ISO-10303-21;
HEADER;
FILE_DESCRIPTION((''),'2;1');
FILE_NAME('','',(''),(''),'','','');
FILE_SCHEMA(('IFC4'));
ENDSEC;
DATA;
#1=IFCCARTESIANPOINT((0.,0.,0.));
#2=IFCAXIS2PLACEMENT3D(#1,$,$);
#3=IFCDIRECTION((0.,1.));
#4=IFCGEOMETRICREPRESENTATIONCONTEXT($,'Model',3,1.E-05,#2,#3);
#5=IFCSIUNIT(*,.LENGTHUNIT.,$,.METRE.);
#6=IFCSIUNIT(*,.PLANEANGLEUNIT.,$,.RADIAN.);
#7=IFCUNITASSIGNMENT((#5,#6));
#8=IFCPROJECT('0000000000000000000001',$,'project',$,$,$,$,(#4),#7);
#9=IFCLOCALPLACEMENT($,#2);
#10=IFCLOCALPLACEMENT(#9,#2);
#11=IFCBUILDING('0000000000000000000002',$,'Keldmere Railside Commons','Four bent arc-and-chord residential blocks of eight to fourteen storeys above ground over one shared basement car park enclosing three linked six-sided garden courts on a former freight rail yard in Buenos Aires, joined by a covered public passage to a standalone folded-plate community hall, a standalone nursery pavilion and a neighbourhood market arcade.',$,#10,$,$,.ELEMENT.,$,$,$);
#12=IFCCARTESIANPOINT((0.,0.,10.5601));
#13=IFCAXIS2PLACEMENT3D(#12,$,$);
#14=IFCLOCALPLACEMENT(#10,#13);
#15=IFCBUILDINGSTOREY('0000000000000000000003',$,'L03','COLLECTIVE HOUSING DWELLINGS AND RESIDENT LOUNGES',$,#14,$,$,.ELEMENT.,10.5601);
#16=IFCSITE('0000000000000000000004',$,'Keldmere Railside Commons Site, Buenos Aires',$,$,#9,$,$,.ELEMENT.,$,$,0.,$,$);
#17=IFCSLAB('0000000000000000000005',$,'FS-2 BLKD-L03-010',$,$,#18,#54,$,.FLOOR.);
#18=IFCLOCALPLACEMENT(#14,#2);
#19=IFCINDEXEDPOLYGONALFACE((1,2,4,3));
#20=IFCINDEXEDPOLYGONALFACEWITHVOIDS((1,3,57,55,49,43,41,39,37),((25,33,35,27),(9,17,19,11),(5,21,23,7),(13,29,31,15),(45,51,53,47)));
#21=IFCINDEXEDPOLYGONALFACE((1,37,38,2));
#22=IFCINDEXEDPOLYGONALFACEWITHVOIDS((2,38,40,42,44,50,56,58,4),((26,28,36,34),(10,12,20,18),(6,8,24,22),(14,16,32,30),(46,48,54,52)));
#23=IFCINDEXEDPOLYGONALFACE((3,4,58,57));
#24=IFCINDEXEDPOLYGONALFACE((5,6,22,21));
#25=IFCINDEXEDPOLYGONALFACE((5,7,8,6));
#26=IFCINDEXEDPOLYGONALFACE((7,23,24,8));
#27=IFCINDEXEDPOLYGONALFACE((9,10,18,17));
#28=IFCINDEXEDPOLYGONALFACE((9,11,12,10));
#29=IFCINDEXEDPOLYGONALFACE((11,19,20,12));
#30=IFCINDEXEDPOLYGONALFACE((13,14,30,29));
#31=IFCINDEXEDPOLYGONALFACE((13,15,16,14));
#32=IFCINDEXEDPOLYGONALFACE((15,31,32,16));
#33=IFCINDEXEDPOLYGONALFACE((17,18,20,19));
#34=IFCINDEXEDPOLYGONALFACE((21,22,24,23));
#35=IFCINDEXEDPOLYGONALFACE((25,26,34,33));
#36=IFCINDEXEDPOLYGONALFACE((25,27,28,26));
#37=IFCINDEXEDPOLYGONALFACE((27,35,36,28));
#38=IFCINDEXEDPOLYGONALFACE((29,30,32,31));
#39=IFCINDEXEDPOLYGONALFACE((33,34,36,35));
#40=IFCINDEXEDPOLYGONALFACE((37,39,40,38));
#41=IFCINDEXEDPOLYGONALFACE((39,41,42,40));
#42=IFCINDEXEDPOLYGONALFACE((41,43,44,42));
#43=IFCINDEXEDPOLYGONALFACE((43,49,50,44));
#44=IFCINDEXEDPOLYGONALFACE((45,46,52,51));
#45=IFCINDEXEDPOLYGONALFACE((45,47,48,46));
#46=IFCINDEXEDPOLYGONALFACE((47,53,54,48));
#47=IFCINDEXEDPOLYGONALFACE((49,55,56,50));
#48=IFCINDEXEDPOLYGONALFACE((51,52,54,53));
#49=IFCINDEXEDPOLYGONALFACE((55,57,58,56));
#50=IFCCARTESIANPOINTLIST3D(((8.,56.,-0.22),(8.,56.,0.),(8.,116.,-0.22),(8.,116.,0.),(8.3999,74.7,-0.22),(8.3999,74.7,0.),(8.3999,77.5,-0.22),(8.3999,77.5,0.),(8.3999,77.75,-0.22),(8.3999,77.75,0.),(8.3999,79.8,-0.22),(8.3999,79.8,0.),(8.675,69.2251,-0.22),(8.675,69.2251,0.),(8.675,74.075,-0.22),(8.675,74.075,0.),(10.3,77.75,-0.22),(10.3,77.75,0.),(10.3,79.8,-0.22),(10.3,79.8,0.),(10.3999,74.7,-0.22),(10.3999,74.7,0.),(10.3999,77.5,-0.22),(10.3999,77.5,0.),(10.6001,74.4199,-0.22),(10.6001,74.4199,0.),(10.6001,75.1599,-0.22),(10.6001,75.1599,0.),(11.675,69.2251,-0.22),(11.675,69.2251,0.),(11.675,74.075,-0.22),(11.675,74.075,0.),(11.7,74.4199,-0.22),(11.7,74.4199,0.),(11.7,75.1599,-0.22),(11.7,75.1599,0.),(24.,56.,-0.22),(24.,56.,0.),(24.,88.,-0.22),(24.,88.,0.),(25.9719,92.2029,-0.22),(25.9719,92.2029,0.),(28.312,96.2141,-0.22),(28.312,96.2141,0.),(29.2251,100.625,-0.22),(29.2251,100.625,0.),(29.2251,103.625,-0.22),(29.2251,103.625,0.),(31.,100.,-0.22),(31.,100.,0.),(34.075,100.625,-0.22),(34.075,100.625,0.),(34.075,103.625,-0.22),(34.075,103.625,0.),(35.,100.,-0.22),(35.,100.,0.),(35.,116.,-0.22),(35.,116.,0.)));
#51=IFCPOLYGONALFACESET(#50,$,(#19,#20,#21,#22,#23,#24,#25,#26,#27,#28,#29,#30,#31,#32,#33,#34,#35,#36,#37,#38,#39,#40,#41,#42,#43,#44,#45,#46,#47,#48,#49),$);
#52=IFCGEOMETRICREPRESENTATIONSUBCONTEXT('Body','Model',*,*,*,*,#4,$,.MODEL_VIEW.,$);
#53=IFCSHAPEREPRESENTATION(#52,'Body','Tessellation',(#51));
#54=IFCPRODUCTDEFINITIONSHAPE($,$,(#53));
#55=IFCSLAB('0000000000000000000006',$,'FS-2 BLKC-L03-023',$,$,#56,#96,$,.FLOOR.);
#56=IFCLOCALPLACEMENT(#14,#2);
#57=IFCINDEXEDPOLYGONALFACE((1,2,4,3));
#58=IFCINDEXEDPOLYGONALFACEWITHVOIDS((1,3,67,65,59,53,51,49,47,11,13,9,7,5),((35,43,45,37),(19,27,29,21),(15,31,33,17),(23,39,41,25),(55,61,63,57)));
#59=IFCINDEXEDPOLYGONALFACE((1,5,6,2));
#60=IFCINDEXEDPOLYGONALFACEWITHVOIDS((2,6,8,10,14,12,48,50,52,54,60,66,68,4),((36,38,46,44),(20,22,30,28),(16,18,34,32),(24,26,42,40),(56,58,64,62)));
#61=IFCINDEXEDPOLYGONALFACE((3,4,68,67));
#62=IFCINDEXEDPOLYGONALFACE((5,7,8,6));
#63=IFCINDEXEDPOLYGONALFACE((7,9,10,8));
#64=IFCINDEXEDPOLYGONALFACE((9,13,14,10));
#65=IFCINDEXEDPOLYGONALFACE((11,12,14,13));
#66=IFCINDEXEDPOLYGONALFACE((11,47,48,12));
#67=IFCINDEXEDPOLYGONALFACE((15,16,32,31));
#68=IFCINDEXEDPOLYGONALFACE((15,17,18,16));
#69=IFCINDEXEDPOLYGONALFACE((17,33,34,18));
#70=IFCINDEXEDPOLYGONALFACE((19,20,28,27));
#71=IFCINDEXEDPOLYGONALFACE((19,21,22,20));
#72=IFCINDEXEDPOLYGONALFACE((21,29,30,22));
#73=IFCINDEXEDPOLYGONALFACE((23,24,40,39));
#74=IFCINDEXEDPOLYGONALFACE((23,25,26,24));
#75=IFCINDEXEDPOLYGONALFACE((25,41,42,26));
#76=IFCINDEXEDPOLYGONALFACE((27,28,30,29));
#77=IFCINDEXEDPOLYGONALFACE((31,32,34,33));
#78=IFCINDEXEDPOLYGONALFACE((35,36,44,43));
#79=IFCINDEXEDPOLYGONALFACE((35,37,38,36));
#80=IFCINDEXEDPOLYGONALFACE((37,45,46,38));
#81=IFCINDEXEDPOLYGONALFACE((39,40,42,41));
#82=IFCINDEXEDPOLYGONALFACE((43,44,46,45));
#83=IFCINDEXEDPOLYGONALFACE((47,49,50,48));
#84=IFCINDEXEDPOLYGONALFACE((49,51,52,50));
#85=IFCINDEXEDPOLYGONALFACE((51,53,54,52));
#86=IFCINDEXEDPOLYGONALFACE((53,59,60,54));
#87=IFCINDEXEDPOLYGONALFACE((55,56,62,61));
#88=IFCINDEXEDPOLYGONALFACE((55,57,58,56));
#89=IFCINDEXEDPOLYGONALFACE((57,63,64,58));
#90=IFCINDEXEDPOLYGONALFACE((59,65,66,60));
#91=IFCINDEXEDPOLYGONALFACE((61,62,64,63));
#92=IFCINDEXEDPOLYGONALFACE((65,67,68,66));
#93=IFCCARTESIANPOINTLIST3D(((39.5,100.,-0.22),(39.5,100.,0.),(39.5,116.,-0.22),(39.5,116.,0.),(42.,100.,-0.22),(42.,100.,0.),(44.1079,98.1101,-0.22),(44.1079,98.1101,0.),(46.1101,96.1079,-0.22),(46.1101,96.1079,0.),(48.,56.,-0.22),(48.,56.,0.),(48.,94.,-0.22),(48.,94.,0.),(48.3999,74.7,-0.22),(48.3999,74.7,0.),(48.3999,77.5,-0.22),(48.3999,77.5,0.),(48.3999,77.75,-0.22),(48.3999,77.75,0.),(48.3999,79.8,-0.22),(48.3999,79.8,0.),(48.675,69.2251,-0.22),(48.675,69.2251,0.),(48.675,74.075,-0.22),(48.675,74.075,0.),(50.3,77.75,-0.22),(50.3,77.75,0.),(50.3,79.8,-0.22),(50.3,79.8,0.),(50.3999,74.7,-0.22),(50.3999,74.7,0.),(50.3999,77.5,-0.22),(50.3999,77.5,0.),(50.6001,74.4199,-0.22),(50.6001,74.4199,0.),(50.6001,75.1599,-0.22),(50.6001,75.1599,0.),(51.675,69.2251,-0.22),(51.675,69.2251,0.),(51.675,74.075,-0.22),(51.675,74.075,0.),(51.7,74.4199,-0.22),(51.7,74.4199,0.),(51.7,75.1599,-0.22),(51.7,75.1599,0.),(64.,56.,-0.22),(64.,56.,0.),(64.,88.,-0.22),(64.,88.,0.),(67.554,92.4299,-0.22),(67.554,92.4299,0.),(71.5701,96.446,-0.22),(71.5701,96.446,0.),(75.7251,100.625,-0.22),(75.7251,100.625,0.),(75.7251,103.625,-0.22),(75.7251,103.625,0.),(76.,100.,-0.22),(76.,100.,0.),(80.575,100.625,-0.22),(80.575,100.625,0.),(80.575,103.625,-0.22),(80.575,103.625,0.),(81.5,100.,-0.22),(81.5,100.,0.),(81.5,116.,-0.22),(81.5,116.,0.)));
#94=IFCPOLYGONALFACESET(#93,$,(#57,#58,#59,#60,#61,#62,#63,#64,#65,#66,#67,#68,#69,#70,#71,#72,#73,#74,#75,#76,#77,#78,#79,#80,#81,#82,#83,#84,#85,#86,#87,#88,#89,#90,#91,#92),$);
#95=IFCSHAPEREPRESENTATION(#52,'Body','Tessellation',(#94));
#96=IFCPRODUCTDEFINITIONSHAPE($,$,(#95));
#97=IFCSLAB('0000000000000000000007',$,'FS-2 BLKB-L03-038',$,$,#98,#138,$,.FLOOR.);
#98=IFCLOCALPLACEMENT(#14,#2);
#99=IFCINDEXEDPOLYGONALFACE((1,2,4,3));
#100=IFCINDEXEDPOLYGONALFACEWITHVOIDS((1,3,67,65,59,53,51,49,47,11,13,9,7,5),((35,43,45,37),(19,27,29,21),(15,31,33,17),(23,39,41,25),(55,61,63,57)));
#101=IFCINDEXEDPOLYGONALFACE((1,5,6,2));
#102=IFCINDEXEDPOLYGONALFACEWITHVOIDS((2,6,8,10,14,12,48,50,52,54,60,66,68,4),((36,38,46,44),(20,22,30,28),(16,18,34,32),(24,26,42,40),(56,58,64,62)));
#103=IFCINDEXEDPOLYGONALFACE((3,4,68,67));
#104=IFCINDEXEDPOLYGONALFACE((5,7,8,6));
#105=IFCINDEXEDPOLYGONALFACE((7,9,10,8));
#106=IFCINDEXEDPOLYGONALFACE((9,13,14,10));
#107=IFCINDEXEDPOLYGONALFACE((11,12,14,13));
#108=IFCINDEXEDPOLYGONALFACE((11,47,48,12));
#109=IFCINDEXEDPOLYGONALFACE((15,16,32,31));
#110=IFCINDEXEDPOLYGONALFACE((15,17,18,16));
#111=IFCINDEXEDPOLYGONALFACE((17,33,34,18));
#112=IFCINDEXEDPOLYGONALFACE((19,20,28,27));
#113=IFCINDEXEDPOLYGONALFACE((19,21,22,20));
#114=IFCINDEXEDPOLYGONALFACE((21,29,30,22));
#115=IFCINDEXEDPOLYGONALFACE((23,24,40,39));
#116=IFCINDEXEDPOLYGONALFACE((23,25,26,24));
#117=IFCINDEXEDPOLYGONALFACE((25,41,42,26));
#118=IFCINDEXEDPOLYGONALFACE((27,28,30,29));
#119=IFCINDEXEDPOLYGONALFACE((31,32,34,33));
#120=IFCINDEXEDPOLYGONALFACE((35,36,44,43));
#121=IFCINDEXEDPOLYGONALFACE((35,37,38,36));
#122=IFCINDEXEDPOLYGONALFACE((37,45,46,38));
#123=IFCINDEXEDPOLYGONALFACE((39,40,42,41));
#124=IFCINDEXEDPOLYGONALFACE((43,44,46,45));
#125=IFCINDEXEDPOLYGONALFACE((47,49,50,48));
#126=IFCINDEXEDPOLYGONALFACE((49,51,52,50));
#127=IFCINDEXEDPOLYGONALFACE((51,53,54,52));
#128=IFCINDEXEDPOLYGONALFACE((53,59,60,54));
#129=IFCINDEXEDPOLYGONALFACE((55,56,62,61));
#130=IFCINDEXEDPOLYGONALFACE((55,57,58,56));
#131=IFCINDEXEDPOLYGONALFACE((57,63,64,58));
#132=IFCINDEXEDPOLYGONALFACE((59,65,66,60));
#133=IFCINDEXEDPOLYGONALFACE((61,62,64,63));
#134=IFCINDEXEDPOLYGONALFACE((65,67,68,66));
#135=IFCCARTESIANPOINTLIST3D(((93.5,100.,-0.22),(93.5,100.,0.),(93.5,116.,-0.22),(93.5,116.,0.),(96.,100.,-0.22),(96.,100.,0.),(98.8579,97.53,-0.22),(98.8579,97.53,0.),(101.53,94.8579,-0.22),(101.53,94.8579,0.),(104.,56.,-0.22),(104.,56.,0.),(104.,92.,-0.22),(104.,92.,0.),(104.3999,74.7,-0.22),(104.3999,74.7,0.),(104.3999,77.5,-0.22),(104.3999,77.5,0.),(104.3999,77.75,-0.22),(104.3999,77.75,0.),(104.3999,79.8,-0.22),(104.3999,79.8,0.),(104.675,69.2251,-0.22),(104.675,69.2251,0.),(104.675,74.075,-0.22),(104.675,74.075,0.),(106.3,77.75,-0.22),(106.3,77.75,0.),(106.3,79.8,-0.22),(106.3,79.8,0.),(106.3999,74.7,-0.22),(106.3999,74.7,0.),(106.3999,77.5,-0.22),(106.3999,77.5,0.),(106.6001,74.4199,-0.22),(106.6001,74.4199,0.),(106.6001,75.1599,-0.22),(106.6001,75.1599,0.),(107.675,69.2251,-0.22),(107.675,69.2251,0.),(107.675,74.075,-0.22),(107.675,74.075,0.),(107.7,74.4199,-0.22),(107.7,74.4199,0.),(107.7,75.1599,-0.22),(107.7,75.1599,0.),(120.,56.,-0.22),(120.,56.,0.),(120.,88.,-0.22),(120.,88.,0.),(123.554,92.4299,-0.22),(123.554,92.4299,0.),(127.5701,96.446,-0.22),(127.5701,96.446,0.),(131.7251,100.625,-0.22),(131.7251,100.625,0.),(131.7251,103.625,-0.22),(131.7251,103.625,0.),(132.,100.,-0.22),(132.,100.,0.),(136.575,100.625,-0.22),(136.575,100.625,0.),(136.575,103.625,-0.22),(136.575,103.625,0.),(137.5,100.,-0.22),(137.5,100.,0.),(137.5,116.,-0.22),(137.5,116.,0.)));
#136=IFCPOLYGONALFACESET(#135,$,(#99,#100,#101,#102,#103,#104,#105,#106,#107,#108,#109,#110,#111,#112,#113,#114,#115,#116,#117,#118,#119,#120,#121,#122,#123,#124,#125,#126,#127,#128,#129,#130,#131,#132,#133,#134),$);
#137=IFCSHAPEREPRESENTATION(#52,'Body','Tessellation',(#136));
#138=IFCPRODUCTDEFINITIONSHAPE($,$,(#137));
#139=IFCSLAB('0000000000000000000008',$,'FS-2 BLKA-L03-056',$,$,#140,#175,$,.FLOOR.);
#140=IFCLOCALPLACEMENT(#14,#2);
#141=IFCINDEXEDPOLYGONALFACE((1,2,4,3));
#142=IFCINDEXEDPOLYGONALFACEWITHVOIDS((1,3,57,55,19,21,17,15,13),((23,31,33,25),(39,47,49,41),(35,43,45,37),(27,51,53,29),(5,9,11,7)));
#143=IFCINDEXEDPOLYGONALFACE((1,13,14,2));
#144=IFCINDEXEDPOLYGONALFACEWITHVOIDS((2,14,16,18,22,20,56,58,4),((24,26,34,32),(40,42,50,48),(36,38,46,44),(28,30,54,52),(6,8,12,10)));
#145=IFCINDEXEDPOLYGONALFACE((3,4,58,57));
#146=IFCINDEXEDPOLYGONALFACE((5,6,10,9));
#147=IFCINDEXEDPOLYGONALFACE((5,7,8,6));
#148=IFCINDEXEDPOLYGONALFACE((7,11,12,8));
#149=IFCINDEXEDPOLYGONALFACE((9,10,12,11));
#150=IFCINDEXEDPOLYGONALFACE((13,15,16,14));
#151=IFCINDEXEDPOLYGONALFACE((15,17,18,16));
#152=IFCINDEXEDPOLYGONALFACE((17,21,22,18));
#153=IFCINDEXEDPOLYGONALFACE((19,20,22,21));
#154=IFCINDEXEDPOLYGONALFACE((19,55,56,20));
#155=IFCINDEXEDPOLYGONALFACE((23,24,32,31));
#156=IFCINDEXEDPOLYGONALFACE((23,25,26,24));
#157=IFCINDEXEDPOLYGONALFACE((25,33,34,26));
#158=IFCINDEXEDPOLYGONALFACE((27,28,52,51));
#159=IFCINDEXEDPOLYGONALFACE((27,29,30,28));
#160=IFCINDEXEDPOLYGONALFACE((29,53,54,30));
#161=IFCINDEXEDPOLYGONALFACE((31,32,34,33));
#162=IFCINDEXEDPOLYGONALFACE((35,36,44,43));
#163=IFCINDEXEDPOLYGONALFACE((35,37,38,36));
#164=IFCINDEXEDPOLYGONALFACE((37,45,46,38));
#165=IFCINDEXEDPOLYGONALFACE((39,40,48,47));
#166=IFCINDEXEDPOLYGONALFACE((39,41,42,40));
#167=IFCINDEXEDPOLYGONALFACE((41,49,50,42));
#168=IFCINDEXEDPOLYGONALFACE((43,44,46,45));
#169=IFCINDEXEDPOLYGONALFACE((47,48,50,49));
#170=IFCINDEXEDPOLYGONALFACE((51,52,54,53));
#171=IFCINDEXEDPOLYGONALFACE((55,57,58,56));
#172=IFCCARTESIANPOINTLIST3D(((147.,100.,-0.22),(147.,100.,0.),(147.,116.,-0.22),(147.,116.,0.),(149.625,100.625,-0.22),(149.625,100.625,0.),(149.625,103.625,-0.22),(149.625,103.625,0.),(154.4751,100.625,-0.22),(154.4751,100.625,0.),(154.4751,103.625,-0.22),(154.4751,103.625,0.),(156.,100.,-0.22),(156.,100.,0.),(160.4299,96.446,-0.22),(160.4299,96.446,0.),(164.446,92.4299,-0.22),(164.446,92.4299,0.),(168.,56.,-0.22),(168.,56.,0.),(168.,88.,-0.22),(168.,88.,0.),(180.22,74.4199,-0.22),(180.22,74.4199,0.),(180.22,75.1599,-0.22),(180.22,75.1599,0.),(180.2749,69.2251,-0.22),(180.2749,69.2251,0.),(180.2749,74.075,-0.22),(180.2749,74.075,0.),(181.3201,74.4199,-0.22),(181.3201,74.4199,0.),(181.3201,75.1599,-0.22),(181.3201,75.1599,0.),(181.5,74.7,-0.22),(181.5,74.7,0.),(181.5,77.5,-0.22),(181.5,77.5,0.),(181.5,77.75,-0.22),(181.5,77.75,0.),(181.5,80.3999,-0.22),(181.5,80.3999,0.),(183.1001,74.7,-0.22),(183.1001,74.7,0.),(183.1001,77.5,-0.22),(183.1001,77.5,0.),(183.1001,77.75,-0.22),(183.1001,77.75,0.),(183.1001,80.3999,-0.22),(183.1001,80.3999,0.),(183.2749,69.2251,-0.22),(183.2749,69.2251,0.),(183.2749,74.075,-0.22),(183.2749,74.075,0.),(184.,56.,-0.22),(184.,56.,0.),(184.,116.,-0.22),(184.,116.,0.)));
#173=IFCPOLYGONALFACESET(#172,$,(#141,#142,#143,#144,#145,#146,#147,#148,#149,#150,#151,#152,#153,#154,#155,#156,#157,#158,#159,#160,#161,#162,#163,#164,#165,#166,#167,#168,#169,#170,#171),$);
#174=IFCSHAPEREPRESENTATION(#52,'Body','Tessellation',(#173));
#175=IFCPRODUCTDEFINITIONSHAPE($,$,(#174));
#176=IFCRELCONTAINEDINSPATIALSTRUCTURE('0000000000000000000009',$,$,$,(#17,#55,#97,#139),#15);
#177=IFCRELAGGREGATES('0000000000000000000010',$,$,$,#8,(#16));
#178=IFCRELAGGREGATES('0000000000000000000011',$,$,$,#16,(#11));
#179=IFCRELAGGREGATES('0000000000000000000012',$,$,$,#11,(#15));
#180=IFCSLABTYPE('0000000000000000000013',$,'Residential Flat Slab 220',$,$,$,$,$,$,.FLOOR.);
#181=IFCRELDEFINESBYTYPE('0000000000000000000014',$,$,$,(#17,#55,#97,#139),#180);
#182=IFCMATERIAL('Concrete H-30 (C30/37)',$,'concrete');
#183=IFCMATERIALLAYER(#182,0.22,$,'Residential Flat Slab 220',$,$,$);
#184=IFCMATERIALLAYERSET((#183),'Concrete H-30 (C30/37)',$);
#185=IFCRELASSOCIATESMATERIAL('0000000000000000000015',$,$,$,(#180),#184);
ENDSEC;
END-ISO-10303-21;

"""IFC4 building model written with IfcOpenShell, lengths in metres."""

from ifc_helpers import new_model, si_unit, direction, frame, origin, place, context, subcontext, project, spatial, polyline, outline, extrude, material, layer, layer_set, type_object, element, save


model = new_model("IFC4")

# Units and contexts
model_context = context("Model", 3, precision=1e-05, world=origin(), true_north=direction((0.0, 1.0)))
body_context = subcontext(model_context, "Body", "Model", "MODEL_VIEW")
ifc_project = project(units=[si_unit("LENGTHUNIT", "METRE"), si_unit("PLANEANGLEUNIT", "RADIAN")], contexts=[model_context])

# Site, building, storey
site_placement = place(None, origin())
site = spatial("IfcSite", under=ifc_project, at=site_placement, Name="Keldmere Railside Commons Site, Buenos Aires", CompositionType="ELEMENT", RefElevation=0.0)
building_placement = place(site_placement, origin())
building = spatial("IfcBuilding", under=site, at=building_placement, Name="Keldmere Railside Commons", Description="Four bent arc-and-chord residential blocks of eight to fourteen storeys above ground over one shared basement car park enclosing three linked six-sided garden courts on a former freight rail yard in Buenos Aires, joined by a covered public passage to a standalone folded-plate community hall, a standalone nursery pavilion and a neighbourhood market arcade.", CompositionType="ELEMENT")
storey_placement = place(building_placement, frame((0.0, 0.0, 10.5601)))
storey = spatial("IfcBuildingStorey", under=building, at=storey_placement, Name="L03", Description="COLLECTIVE HOUSING DWELLINGS AND RESIDENT LOUNGES", CompositionType="ELEMENT", Elevation=10.5601)

# Slabs
ifc_material_1 = material(Name="Concrete H-30 (C30/37)", Category="concrete")
ifc_layer_1 = layer(ifc_material_1, 0.22, Name="Residential Flat Slab 220")
ifc_layer_set_1 = layer_set([ifc_layer_1], Name="Concrete H-30 (C30/37)")
slab_type_1 = type_object("IfcSlabType", Name="Residential Flat Slab 220", PredefinedType="FLOOR", material=ifc_layer_set_1)
slab_1_placement = place(storey_placement, frame((0.0, 0.0, -0.22)))
element("IfcSlab", 1, at=slab_1_placement, inside=storey, type_object=slab_type_1, Name="FS-2 BLKD-L03-010", PredefinedType="FLOOR", context=body_context, shape_type="SweptSolid", body=[
    extrude(outline(polyline([(8.0, 56.0), (24.0, 56.0), (24.0, 88.0), (25.9719, 92.2029), (28.312, 96.2141), (31.0, 100.0), (35.0, 100.0), (35.0, 116.0), (8.0, 116.0), (8.0, 56.0)]), holes=[polyline([(11.675, 69.2251), (8.675, 69.2251), (8.675, 74.075), (11.675, 74.075), (11.675, 69.2251)]), polyline([(11.7, 74.4199), (10.6001, 74.4199), (10.6001, 75.1599), (11.7, 75.1599), (11.7, 74.4199)]), polyline([(8.3999, 74.7), (8.3999, 77.5), (10.3999, 77.5), (10.3999, 74.7), (8.3999, 74.7)]), polyline([(8.3999, 77.75), (8.3999, 79.8), (10.3, 79.8), (10.3, 77.75), (8.3999, 77.75)]), polyline([(29.2251, 103.625), (34.075, 103.625), (34.075, 100.625), (29.2251, 100.625), (29.2251, 103.625)])]), origin(), (0.0, 0.0, 1.0), 0.22),
])
slab_2_placement = place(storey_placement, frame((0.0, 0.0, -0.22)))
element("IfcSlab", 2, at=slab_2_placement, inside=storey, type_object=slab_type_1, Name="FS-2 BLKC-L03-023", PredefinedType="FLOOR", context=body_context, shape_type="SweptSolid", body=[
    extrude(outline(polyline([(48.0, 56.0), (64.0, 56.0), (64.0, 88.0), (67.554, 92.4299), (71.5701, 96.446), (76.0, 100.0), (81.5, 100.0), (81.5, 116.0), (39.5, 116.0), (39.5, 100.0), (42.0, 100.0), (44.1079, 98.1101), (46.1101, 96.1079), (48.0, 94.0), (48.0, 56.0)]), holes=[polyline([(51.675, 69.2251), (48.675, 69.2251), (48.675, 74.075), (51.675, 74.075), (51.675, 69.2251)]), polyline([(50.6001, 74.4199), (50.6001, 75.1599), (51.7, 75.1599), (51.7, 74.4199), (50.6001, 74.4199)]), polyline([(50.3999, 74.7), (48.3999, 74.7), (48.3999, 77.5), (50.3999, 77.5), (50.3999, 74.7)]), polyline([(48.3999, 77.75), (48.3999, 79.8), (50.3, 79.8), (50.3, 77.75), (48.3999, 77.75)]), polyline([(75.7251, 103.625), (80.575, 103.625), (80.575, 100.625), (75.7251, 100.625), (75.7251, 103.625)])]), origin(), (0.0, 0.0, 1.0), 0.22),
])
slab_3_placement = place(storey_placement, frame((0.0, 0.0, -0.22)))
element("IfcSlab", 3, at=slab_3_placement, inside=storey, type_object=slab_type_1, Name="FS-2 BLKB-L03-038", PredefinedType="FLOOR", context=body_context, shape_type="SweptSolid", body=[
    extrude(outline(polyline([(104.0, 56.0), (120.0, 56.0), (120.0, 88.0), (123.554, 92.4299), (127.5701, 96.446), (132.0, 100.0), (137.5, 100.0), (137.5, 116.0), (93.5, 116.0), (93.5, 100.0), (96.0, 100.0), (98.8579, 97.53), (101.53, 94.8579), (104.0, 92.0), (104.0, 56.0)]), holes=[polyline([(106.3, 77.75), (104.3999, 77.75), (104.3999, 79.8), (106.3, 79.8), (106.3, 77.75)]), polyline([(107.675, 69.2251), (104.675, 69.2251), (104.675, 74.075), (107.675, 74.075), (107.675, 69.2251)]), polyline([(106.6001, 74.4199), (106.6001, 75.1599), (107.7, 75.1599), (107.7, 74.4199), (106.6001, 74.4199)]), polyline([(104.3999, 74.7), (104.3999, 77.5), (106.3999, 77.5), (106.3999, 74.7), (104.3999, 74.7)]), polyline([(131.7251, 103.625), (136.575, 103.625), (136.575, 100.625), (131.7251, 100.625), (131.7251, 103.625)])]), origin(), (0.0, 0.0, 1.0), 0.22),
])
slab_4_placement = place(storey_placement, frame((0.0, 0.0, -0.22)))
element("IfcSlab", 4, at=slab_4_placement, inside=storey, type_object=slab_type_1, Name="FS-2 BLKA-L03-056", PredefinedType="FLOOR", context=body_context, shape_type="SweptSolid", body=[
    extrude(outline(polyline([(168.0, 56.0), (184.0, 56.0), (184.0, 116.0), (147.0, 116.0), (147.0, 100.0), (156.0, 100.0), (160.4299, 96.446), (164.446, 92.4299), (168.0, 88.0), (168.0, 56.0)]), holes=[polyline([(180.2749, 69.2251), (180.2749, 74.075), (183.2749, 74.075), (183.2749, 69.2251), (180.2749, 69.2251)]), polyline([(181.3201, 74.4199), (180.22, 74.4199), (180.22, 75.1599), (181.3201, 75.1599), (181.3201, 74.4199)]), polyline([(181.5, 74.7), (181.5, 77.5), (183.1001, 77.5), (183.1001, 74.7), (181.5, 74.7)]), polyline([(183.1001, 77.75), (181.5, 77.75), (181.5, 80.3999), (183.1001, 80.3999), (183.1001, 77.75)]), polyline([(149.625, 103.625), (154.4751, 103.625), (154.4751, 100.625), (149.625, 100.625), (149.625, 103.625)])]), origin(), (0.0, 0.0, 1.0), 0.22),
])

save(model, "model.ifc")
